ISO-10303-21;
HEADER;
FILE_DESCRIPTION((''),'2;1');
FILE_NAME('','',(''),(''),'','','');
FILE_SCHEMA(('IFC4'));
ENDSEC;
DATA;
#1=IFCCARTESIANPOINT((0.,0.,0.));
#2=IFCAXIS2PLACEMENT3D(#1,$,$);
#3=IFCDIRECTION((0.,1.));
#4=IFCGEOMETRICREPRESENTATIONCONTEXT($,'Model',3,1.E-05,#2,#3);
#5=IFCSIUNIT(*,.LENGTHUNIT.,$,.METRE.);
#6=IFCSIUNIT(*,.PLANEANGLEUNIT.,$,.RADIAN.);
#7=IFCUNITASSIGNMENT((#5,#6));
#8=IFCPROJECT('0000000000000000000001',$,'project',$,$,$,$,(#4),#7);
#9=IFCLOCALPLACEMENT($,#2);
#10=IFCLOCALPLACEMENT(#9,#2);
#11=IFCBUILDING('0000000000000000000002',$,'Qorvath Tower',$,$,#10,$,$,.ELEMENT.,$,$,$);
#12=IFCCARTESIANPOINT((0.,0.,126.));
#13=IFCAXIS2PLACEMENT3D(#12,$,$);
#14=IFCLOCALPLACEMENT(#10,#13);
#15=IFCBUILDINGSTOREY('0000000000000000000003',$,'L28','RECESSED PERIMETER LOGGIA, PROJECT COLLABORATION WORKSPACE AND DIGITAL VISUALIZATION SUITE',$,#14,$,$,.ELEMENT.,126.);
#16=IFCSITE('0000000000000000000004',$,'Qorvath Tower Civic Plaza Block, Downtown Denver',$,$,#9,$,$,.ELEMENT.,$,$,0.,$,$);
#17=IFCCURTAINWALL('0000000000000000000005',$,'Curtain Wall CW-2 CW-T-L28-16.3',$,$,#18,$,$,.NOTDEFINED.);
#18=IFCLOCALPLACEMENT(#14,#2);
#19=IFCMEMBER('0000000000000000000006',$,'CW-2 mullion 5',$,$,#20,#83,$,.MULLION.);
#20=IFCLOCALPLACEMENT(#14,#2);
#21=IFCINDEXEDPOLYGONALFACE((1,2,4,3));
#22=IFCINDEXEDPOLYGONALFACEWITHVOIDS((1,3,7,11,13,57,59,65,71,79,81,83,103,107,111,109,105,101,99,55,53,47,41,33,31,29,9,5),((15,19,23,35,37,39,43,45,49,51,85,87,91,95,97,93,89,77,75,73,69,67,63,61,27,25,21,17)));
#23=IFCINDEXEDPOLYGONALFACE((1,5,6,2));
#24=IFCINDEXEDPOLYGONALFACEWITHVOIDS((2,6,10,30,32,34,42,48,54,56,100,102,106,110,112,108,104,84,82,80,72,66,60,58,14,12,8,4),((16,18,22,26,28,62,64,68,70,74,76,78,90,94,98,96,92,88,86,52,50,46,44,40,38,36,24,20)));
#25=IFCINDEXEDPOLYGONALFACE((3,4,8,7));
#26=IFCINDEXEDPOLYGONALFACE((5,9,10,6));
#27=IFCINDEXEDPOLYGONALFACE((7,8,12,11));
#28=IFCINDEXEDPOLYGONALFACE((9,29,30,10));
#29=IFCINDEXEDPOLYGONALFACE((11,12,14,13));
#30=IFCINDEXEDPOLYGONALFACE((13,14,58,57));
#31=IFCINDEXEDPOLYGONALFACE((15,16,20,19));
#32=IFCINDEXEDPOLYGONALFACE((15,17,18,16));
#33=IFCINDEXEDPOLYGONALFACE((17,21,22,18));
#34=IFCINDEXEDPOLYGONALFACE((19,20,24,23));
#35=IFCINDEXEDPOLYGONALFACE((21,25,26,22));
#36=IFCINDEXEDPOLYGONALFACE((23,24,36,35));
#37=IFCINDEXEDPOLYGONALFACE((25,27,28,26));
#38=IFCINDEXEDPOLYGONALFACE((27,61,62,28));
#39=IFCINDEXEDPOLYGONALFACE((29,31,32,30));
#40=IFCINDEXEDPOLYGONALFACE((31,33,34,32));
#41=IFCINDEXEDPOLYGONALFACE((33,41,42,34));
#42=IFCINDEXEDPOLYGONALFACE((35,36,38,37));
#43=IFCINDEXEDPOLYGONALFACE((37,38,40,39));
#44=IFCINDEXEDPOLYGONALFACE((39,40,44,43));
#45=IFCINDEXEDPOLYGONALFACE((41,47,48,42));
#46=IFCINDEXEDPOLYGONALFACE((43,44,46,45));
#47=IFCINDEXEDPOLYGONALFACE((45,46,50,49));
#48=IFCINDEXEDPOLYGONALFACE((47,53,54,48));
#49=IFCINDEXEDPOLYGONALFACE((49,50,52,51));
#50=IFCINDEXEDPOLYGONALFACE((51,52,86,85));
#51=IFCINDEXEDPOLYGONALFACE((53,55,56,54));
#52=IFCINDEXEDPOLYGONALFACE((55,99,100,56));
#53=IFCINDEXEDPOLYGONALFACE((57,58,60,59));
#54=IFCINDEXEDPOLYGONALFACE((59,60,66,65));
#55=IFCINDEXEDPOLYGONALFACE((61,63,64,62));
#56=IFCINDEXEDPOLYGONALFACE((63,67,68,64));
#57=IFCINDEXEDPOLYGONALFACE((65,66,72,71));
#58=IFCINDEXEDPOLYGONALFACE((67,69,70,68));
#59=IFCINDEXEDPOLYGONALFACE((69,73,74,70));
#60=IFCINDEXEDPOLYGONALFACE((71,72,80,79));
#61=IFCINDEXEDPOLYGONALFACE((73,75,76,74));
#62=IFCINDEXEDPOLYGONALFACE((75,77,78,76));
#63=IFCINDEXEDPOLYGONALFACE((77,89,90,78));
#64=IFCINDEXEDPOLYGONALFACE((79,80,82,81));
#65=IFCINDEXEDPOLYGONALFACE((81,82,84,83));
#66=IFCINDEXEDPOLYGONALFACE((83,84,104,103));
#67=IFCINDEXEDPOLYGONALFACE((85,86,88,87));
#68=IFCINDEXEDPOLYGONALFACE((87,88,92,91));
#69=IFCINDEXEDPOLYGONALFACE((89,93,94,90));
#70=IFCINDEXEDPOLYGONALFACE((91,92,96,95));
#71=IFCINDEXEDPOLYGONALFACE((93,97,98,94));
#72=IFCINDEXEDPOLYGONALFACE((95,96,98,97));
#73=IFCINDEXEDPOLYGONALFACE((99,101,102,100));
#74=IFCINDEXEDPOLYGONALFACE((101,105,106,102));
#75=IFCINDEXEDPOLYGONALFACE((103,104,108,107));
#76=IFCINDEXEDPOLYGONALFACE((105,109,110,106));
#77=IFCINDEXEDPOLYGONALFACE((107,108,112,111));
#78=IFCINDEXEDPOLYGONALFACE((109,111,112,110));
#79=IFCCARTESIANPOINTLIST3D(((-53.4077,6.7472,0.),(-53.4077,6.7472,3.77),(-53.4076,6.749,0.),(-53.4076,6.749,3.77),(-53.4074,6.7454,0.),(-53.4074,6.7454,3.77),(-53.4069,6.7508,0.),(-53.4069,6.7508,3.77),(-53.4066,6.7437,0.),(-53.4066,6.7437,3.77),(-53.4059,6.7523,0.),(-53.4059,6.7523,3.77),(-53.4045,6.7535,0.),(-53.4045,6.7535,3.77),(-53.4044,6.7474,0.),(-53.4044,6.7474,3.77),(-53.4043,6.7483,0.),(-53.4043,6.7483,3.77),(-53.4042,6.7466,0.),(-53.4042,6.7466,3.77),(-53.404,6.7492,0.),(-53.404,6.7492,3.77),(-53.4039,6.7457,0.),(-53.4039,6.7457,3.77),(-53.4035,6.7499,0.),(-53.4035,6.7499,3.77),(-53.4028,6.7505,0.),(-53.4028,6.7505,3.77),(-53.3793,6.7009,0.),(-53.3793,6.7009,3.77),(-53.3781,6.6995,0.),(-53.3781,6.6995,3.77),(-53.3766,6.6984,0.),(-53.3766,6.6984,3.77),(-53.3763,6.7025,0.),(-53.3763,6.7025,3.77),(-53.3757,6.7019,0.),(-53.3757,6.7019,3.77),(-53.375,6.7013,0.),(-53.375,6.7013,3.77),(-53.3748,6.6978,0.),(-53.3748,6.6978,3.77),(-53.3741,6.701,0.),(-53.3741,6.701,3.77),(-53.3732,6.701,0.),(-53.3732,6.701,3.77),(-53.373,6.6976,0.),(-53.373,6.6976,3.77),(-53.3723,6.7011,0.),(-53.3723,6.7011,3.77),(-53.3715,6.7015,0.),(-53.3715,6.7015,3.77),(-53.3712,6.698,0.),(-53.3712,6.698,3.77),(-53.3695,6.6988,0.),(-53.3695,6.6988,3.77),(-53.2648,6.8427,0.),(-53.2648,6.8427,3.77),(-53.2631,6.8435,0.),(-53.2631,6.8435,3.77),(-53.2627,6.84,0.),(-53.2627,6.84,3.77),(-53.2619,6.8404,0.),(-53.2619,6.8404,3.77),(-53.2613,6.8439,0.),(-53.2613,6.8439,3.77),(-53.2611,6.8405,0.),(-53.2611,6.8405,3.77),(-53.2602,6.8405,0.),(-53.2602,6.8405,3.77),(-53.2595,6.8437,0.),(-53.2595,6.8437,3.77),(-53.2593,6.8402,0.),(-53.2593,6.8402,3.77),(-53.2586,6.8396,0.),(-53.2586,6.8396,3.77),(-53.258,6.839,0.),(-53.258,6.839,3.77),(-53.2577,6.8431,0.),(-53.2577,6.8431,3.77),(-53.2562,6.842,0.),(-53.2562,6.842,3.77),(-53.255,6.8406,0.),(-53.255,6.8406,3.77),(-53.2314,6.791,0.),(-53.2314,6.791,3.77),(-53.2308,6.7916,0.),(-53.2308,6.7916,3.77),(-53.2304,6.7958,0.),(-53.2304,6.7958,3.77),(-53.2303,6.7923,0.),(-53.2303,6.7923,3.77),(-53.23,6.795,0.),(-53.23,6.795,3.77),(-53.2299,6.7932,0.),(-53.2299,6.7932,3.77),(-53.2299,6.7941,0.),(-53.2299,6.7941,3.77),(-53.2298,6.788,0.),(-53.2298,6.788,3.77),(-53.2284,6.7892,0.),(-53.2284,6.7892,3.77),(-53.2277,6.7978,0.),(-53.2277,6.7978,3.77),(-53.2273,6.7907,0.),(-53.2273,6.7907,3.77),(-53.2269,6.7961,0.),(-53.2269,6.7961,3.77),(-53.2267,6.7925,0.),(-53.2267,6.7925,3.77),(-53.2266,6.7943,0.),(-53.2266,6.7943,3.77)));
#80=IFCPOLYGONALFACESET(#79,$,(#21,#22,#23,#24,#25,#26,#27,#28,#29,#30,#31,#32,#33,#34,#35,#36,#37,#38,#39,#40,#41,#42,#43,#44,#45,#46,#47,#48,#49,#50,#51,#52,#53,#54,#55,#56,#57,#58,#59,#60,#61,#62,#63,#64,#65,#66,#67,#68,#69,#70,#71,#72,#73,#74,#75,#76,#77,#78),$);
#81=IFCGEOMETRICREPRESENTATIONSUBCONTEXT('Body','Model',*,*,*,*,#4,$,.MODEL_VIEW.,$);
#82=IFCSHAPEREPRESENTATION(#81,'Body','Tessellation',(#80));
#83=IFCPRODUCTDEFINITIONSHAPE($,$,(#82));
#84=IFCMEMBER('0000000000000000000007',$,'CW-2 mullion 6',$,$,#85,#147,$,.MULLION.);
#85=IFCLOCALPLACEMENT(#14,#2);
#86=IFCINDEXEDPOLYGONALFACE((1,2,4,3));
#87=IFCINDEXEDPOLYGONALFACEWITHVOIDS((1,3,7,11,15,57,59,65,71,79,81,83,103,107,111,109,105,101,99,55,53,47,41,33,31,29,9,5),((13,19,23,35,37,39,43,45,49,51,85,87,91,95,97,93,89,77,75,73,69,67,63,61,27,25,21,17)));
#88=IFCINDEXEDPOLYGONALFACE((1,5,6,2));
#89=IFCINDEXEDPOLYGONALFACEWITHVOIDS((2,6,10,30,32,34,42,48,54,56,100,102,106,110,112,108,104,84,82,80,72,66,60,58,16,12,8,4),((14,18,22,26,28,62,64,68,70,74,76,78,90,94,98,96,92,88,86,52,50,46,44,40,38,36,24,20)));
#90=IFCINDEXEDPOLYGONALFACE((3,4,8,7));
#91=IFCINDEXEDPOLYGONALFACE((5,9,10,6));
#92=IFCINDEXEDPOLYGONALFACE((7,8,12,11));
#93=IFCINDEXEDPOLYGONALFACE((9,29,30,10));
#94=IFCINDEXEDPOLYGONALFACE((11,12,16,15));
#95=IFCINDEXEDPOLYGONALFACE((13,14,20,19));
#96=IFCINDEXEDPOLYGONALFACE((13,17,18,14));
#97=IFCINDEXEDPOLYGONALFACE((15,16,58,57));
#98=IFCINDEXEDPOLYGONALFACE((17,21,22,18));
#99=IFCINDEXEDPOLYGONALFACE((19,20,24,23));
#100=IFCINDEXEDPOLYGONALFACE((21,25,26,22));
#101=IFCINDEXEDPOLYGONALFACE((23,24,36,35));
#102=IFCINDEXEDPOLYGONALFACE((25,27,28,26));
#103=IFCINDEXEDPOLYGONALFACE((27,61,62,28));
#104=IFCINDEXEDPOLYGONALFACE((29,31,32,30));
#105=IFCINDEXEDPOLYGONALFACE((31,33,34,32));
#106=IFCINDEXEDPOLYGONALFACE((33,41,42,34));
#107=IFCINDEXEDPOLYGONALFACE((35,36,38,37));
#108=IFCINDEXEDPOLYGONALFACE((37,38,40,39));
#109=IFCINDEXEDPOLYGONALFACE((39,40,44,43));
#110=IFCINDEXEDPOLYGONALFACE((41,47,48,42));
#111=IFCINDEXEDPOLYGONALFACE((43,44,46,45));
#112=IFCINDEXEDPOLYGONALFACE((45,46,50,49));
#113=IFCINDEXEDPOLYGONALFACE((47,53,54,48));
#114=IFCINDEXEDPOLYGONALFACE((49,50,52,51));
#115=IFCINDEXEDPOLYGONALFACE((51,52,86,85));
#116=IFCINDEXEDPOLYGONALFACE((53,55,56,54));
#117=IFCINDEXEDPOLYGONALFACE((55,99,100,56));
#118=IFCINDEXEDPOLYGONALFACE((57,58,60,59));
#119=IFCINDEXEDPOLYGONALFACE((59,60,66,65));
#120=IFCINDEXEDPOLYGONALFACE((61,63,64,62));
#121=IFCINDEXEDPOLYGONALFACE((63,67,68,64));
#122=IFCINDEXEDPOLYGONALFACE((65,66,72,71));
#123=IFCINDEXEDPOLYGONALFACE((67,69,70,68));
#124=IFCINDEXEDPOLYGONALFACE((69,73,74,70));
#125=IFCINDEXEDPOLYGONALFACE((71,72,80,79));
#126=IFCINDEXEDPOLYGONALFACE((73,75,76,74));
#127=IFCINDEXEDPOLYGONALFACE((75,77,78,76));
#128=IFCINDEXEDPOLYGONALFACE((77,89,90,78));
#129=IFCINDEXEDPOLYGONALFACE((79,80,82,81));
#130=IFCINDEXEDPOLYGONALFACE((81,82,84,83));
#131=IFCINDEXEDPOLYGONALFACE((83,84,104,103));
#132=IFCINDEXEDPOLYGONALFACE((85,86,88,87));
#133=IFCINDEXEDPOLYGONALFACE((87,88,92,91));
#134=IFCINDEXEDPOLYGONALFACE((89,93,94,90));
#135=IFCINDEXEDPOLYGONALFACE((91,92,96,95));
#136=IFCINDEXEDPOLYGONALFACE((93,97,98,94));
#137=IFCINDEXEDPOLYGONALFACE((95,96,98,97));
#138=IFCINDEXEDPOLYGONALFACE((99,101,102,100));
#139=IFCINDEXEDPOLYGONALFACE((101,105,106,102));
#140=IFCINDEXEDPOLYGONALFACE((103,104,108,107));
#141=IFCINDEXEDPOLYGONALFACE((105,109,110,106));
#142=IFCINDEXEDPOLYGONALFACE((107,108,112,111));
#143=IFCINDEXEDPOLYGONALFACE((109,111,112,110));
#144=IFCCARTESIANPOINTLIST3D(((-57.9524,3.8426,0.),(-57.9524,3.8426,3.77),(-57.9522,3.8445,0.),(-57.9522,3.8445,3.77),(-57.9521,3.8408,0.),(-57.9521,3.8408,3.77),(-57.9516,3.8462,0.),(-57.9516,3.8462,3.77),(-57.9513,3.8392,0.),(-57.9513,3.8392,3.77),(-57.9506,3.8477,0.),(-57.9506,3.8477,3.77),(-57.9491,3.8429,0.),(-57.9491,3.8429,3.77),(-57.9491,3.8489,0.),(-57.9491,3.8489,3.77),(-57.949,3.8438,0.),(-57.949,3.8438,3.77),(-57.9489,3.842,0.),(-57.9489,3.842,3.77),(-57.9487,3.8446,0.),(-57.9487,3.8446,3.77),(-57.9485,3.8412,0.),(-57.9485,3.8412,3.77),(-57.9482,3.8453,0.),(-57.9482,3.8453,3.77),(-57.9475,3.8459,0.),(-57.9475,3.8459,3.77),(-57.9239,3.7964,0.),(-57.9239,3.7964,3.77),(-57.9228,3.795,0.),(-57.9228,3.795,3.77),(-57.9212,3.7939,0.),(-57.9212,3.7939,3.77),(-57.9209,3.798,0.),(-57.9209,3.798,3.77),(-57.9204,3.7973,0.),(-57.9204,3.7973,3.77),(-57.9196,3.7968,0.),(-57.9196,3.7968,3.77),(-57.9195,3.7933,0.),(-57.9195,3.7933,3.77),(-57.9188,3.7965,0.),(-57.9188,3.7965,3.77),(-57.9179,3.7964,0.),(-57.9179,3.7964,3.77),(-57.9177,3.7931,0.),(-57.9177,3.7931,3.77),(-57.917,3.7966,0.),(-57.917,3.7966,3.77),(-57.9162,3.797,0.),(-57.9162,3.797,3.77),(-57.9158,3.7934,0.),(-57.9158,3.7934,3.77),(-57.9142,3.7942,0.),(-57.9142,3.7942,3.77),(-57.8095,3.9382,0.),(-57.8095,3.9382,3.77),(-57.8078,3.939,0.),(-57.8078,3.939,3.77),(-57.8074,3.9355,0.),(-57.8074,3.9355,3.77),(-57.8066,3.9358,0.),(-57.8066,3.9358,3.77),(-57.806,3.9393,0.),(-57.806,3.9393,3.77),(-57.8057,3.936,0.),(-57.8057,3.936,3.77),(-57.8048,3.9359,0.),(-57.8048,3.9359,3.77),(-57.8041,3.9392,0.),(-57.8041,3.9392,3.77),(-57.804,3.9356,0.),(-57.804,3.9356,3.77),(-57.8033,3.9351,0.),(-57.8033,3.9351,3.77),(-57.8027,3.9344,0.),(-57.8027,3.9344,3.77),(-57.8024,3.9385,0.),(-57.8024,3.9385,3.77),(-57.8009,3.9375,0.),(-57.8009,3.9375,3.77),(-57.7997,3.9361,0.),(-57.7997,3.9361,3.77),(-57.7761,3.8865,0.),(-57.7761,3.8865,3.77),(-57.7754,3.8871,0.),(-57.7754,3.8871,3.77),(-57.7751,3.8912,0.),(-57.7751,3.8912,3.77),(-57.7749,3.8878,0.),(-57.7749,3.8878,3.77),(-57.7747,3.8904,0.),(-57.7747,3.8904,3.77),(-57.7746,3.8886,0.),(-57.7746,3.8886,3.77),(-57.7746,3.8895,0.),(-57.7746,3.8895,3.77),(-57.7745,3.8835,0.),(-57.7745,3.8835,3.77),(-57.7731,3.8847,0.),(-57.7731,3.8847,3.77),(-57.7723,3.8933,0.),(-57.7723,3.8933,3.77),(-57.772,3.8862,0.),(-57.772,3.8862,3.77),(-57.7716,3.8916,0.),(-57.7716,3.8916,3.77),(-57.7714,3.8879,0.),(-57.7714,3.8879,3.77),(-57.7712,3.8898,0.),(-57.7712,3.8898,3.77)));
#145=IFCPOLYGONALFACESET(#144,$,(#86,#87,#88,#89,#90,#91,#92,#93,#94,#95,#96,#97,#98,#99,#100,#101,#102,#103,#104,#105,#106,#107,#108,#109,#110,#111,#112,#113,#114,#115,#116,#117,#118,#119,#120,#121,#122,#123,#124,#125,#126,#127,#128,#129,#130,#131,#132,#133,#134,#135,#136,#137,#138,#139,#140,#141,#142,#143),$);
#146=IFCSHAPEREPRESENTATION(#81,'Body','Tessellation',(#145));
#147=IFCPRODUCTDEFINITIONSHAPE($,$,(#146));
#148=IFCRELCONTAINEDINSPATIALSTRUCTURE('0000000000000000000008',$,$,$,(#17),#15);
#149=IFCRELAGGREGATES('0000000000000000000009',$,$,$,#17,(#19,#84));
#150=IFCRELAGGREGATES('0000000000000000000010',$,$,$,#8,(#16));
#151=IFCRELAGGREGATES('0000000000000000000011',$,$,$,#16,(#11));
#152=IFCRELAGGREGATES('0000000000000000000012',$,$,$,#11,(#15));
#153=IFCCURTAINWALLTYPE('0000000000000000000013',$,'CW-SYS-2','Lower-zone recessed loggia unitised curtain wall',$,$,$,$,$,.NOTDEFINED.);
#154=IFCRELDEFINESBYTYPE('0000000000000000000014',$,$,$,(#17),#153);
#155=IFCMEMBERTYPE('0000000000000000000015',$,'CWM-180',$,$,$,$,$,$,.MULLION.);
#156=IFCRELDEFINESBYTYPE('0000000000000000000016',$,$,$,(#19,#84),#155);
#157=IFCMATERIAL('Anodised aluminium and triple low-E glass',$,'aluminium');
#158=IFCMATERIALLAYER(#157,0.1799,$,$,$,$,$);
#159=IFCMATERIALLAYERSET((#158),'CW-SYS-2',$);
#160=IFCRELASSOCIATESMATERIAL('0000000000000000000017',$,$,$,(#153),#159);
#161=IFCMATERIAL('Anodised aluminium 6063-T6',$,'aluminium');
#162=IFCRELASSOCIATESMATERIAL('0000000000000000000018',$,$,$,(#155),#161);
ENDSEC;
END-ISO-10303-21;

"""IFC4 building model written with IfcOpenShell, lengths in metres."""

from ifc_helpers import new_model, si_unit, direction, frame, origin, origin_2d, place, context, subcontext, project, spatial, hollow_rectangle, extrude, material, layer, layer_set, material_profile, profile_set, type_object, element, aggregate, save


model = new_model("IFC4")

# Units and contexts
model_context = context("Model", 3, precision=1e-05, world=origin(), true_north=direction((0.0, 1.0)))
body_context = subcontext(model_context, "Body", "Model", "MODEL_VIEW")
ifc_project = project(units=[si_unit("LENGTHUNIT", "METRE"), si_unit("PLANEANGLEUNIT", "RADIAN")], contexts=[model_context])

# Site, building, storey
site_placement = place(None, origin())
site = spatial("IfcSite", under=ifc_project, at=site_placement, Name="Qorvath Tower Civic Plaza Block, Downtown Denver", CompositionType="ELEMENT", RefElevation=0.0)
building_placement = place(site_placement, origin())
building = spatial("IfcBuilding", under=site, at=building_placement, Name="Qorvath Tower", CompositionType="ELEMENT")
storey_placement = place(building_placement, frame((0.0, 0.0, 126.0)))
storey = spatial("IfcBuildingStorey", under=building, at=storey_placement, Name="L28", Description="RECESSED PERIMETER LOGGIA, PROJECT COLLABORATION WORKSPACE AND DIGITAL VISUALIZATION SUITE", CompositionType="ELEMENT", Elevation=126.0)

# Curtain wall, members
ifc_material_1 = material(Name="Anodised aluminium and triple low-E glass", Category="aluminium")
ifc_layer_1 = layer(ifc_material_1, 0.1799)
ifc_layer_set_1 = layer_set([ifc_layer_1], Name="CW-SYS-2")
curtain_wall_type = type_object("IfcCurtainWallType", Name="CW-SYS-2", Description="Lower-zone recessed loggia unitised curtain wall", PredefinedType="NOTDEFINED", material=ifc_layer_set_1)
curtain_wall_placement = place(storey_placement, origin())
curtain_wall = element("IfcCurtainWall", 1, at=curtain_wall_placement, inside=storey, type_object=curtain_wall_type, Name="Curtain Wall CW-2 CW-T-L28-16.3", PredefinedType="NOTDEFINED")
ifc_material_2 = material(Name="Anodised aluminium 6063-T6", Category="aluminium")
ifc_material_profile_1 = material_profile(ifc_material_2, hollow_rectangle(XDim=0.0649, YDim=0.1799, WallThickness=0.0034, InnerFilletRadius=0.0034, OuterFilletRadius=0.0071, at=origin_2d()), Name="CWM 180x65")
ifc_profile_set_1 = profile_set([ifc_material_profile_1], Name="Anodised aluminium 6063-T6")
member_type_1 = type_object("IfcMemberType", Name="CWM-180", PredefinedType="MULLION", material=ifc_profile_set_1)
member_1_placement = place(storey_placement, frame((-53.3171, 6.7708, 0.0), z_axis=(0.0, 0.0, 1.0), x_axis=(0.538534, -0.842604, 0.0)))
member_1 = element("IfcMember", 2, at=member_1_placement, type_object=member_type_1, Name="CW-2 mullion 5", PredefinedType="MULLION", context=body_context, shape_type="SweptSolid", body=[
    extrude(hollow_rectangle(XDim=0.0649, YDim=0.1799, WallThickness=0.0034, InnerFilletRadius=0.0034, OuterFilletRadius=0.0071, at=origin_2d()), origin(), (0.0, 0.0, 1.0), 3.77),
])
member_2_placement = place(storey_placement, frame((-57.8618, 3.8662, 0.0), z_axis=(0.0, 0.0, 1.0), x_axis=(0.538534, -0.842604, 0.0)))
member_2 = element("IfcMember", 3, at=member_2_placement, type_object=member_type_1, Name="CW-2 mullion 6", PredefinedType="MULLION", context=body_context, shape_type="SweptSolid", body=[
    extrude(hollow_rectangle(XDim=0.0649, YDim=0.1799, WallThickness=0.0034, InnerFilletRadius=0.0034, OuterFilletRadius=0.0071, at=origin_2d()), origin(), (0.0, 0.0, 1.0), 3.77),
])

aggregate(curtain_wall, [member_1, member_2])

save(model, "model.ifc")
